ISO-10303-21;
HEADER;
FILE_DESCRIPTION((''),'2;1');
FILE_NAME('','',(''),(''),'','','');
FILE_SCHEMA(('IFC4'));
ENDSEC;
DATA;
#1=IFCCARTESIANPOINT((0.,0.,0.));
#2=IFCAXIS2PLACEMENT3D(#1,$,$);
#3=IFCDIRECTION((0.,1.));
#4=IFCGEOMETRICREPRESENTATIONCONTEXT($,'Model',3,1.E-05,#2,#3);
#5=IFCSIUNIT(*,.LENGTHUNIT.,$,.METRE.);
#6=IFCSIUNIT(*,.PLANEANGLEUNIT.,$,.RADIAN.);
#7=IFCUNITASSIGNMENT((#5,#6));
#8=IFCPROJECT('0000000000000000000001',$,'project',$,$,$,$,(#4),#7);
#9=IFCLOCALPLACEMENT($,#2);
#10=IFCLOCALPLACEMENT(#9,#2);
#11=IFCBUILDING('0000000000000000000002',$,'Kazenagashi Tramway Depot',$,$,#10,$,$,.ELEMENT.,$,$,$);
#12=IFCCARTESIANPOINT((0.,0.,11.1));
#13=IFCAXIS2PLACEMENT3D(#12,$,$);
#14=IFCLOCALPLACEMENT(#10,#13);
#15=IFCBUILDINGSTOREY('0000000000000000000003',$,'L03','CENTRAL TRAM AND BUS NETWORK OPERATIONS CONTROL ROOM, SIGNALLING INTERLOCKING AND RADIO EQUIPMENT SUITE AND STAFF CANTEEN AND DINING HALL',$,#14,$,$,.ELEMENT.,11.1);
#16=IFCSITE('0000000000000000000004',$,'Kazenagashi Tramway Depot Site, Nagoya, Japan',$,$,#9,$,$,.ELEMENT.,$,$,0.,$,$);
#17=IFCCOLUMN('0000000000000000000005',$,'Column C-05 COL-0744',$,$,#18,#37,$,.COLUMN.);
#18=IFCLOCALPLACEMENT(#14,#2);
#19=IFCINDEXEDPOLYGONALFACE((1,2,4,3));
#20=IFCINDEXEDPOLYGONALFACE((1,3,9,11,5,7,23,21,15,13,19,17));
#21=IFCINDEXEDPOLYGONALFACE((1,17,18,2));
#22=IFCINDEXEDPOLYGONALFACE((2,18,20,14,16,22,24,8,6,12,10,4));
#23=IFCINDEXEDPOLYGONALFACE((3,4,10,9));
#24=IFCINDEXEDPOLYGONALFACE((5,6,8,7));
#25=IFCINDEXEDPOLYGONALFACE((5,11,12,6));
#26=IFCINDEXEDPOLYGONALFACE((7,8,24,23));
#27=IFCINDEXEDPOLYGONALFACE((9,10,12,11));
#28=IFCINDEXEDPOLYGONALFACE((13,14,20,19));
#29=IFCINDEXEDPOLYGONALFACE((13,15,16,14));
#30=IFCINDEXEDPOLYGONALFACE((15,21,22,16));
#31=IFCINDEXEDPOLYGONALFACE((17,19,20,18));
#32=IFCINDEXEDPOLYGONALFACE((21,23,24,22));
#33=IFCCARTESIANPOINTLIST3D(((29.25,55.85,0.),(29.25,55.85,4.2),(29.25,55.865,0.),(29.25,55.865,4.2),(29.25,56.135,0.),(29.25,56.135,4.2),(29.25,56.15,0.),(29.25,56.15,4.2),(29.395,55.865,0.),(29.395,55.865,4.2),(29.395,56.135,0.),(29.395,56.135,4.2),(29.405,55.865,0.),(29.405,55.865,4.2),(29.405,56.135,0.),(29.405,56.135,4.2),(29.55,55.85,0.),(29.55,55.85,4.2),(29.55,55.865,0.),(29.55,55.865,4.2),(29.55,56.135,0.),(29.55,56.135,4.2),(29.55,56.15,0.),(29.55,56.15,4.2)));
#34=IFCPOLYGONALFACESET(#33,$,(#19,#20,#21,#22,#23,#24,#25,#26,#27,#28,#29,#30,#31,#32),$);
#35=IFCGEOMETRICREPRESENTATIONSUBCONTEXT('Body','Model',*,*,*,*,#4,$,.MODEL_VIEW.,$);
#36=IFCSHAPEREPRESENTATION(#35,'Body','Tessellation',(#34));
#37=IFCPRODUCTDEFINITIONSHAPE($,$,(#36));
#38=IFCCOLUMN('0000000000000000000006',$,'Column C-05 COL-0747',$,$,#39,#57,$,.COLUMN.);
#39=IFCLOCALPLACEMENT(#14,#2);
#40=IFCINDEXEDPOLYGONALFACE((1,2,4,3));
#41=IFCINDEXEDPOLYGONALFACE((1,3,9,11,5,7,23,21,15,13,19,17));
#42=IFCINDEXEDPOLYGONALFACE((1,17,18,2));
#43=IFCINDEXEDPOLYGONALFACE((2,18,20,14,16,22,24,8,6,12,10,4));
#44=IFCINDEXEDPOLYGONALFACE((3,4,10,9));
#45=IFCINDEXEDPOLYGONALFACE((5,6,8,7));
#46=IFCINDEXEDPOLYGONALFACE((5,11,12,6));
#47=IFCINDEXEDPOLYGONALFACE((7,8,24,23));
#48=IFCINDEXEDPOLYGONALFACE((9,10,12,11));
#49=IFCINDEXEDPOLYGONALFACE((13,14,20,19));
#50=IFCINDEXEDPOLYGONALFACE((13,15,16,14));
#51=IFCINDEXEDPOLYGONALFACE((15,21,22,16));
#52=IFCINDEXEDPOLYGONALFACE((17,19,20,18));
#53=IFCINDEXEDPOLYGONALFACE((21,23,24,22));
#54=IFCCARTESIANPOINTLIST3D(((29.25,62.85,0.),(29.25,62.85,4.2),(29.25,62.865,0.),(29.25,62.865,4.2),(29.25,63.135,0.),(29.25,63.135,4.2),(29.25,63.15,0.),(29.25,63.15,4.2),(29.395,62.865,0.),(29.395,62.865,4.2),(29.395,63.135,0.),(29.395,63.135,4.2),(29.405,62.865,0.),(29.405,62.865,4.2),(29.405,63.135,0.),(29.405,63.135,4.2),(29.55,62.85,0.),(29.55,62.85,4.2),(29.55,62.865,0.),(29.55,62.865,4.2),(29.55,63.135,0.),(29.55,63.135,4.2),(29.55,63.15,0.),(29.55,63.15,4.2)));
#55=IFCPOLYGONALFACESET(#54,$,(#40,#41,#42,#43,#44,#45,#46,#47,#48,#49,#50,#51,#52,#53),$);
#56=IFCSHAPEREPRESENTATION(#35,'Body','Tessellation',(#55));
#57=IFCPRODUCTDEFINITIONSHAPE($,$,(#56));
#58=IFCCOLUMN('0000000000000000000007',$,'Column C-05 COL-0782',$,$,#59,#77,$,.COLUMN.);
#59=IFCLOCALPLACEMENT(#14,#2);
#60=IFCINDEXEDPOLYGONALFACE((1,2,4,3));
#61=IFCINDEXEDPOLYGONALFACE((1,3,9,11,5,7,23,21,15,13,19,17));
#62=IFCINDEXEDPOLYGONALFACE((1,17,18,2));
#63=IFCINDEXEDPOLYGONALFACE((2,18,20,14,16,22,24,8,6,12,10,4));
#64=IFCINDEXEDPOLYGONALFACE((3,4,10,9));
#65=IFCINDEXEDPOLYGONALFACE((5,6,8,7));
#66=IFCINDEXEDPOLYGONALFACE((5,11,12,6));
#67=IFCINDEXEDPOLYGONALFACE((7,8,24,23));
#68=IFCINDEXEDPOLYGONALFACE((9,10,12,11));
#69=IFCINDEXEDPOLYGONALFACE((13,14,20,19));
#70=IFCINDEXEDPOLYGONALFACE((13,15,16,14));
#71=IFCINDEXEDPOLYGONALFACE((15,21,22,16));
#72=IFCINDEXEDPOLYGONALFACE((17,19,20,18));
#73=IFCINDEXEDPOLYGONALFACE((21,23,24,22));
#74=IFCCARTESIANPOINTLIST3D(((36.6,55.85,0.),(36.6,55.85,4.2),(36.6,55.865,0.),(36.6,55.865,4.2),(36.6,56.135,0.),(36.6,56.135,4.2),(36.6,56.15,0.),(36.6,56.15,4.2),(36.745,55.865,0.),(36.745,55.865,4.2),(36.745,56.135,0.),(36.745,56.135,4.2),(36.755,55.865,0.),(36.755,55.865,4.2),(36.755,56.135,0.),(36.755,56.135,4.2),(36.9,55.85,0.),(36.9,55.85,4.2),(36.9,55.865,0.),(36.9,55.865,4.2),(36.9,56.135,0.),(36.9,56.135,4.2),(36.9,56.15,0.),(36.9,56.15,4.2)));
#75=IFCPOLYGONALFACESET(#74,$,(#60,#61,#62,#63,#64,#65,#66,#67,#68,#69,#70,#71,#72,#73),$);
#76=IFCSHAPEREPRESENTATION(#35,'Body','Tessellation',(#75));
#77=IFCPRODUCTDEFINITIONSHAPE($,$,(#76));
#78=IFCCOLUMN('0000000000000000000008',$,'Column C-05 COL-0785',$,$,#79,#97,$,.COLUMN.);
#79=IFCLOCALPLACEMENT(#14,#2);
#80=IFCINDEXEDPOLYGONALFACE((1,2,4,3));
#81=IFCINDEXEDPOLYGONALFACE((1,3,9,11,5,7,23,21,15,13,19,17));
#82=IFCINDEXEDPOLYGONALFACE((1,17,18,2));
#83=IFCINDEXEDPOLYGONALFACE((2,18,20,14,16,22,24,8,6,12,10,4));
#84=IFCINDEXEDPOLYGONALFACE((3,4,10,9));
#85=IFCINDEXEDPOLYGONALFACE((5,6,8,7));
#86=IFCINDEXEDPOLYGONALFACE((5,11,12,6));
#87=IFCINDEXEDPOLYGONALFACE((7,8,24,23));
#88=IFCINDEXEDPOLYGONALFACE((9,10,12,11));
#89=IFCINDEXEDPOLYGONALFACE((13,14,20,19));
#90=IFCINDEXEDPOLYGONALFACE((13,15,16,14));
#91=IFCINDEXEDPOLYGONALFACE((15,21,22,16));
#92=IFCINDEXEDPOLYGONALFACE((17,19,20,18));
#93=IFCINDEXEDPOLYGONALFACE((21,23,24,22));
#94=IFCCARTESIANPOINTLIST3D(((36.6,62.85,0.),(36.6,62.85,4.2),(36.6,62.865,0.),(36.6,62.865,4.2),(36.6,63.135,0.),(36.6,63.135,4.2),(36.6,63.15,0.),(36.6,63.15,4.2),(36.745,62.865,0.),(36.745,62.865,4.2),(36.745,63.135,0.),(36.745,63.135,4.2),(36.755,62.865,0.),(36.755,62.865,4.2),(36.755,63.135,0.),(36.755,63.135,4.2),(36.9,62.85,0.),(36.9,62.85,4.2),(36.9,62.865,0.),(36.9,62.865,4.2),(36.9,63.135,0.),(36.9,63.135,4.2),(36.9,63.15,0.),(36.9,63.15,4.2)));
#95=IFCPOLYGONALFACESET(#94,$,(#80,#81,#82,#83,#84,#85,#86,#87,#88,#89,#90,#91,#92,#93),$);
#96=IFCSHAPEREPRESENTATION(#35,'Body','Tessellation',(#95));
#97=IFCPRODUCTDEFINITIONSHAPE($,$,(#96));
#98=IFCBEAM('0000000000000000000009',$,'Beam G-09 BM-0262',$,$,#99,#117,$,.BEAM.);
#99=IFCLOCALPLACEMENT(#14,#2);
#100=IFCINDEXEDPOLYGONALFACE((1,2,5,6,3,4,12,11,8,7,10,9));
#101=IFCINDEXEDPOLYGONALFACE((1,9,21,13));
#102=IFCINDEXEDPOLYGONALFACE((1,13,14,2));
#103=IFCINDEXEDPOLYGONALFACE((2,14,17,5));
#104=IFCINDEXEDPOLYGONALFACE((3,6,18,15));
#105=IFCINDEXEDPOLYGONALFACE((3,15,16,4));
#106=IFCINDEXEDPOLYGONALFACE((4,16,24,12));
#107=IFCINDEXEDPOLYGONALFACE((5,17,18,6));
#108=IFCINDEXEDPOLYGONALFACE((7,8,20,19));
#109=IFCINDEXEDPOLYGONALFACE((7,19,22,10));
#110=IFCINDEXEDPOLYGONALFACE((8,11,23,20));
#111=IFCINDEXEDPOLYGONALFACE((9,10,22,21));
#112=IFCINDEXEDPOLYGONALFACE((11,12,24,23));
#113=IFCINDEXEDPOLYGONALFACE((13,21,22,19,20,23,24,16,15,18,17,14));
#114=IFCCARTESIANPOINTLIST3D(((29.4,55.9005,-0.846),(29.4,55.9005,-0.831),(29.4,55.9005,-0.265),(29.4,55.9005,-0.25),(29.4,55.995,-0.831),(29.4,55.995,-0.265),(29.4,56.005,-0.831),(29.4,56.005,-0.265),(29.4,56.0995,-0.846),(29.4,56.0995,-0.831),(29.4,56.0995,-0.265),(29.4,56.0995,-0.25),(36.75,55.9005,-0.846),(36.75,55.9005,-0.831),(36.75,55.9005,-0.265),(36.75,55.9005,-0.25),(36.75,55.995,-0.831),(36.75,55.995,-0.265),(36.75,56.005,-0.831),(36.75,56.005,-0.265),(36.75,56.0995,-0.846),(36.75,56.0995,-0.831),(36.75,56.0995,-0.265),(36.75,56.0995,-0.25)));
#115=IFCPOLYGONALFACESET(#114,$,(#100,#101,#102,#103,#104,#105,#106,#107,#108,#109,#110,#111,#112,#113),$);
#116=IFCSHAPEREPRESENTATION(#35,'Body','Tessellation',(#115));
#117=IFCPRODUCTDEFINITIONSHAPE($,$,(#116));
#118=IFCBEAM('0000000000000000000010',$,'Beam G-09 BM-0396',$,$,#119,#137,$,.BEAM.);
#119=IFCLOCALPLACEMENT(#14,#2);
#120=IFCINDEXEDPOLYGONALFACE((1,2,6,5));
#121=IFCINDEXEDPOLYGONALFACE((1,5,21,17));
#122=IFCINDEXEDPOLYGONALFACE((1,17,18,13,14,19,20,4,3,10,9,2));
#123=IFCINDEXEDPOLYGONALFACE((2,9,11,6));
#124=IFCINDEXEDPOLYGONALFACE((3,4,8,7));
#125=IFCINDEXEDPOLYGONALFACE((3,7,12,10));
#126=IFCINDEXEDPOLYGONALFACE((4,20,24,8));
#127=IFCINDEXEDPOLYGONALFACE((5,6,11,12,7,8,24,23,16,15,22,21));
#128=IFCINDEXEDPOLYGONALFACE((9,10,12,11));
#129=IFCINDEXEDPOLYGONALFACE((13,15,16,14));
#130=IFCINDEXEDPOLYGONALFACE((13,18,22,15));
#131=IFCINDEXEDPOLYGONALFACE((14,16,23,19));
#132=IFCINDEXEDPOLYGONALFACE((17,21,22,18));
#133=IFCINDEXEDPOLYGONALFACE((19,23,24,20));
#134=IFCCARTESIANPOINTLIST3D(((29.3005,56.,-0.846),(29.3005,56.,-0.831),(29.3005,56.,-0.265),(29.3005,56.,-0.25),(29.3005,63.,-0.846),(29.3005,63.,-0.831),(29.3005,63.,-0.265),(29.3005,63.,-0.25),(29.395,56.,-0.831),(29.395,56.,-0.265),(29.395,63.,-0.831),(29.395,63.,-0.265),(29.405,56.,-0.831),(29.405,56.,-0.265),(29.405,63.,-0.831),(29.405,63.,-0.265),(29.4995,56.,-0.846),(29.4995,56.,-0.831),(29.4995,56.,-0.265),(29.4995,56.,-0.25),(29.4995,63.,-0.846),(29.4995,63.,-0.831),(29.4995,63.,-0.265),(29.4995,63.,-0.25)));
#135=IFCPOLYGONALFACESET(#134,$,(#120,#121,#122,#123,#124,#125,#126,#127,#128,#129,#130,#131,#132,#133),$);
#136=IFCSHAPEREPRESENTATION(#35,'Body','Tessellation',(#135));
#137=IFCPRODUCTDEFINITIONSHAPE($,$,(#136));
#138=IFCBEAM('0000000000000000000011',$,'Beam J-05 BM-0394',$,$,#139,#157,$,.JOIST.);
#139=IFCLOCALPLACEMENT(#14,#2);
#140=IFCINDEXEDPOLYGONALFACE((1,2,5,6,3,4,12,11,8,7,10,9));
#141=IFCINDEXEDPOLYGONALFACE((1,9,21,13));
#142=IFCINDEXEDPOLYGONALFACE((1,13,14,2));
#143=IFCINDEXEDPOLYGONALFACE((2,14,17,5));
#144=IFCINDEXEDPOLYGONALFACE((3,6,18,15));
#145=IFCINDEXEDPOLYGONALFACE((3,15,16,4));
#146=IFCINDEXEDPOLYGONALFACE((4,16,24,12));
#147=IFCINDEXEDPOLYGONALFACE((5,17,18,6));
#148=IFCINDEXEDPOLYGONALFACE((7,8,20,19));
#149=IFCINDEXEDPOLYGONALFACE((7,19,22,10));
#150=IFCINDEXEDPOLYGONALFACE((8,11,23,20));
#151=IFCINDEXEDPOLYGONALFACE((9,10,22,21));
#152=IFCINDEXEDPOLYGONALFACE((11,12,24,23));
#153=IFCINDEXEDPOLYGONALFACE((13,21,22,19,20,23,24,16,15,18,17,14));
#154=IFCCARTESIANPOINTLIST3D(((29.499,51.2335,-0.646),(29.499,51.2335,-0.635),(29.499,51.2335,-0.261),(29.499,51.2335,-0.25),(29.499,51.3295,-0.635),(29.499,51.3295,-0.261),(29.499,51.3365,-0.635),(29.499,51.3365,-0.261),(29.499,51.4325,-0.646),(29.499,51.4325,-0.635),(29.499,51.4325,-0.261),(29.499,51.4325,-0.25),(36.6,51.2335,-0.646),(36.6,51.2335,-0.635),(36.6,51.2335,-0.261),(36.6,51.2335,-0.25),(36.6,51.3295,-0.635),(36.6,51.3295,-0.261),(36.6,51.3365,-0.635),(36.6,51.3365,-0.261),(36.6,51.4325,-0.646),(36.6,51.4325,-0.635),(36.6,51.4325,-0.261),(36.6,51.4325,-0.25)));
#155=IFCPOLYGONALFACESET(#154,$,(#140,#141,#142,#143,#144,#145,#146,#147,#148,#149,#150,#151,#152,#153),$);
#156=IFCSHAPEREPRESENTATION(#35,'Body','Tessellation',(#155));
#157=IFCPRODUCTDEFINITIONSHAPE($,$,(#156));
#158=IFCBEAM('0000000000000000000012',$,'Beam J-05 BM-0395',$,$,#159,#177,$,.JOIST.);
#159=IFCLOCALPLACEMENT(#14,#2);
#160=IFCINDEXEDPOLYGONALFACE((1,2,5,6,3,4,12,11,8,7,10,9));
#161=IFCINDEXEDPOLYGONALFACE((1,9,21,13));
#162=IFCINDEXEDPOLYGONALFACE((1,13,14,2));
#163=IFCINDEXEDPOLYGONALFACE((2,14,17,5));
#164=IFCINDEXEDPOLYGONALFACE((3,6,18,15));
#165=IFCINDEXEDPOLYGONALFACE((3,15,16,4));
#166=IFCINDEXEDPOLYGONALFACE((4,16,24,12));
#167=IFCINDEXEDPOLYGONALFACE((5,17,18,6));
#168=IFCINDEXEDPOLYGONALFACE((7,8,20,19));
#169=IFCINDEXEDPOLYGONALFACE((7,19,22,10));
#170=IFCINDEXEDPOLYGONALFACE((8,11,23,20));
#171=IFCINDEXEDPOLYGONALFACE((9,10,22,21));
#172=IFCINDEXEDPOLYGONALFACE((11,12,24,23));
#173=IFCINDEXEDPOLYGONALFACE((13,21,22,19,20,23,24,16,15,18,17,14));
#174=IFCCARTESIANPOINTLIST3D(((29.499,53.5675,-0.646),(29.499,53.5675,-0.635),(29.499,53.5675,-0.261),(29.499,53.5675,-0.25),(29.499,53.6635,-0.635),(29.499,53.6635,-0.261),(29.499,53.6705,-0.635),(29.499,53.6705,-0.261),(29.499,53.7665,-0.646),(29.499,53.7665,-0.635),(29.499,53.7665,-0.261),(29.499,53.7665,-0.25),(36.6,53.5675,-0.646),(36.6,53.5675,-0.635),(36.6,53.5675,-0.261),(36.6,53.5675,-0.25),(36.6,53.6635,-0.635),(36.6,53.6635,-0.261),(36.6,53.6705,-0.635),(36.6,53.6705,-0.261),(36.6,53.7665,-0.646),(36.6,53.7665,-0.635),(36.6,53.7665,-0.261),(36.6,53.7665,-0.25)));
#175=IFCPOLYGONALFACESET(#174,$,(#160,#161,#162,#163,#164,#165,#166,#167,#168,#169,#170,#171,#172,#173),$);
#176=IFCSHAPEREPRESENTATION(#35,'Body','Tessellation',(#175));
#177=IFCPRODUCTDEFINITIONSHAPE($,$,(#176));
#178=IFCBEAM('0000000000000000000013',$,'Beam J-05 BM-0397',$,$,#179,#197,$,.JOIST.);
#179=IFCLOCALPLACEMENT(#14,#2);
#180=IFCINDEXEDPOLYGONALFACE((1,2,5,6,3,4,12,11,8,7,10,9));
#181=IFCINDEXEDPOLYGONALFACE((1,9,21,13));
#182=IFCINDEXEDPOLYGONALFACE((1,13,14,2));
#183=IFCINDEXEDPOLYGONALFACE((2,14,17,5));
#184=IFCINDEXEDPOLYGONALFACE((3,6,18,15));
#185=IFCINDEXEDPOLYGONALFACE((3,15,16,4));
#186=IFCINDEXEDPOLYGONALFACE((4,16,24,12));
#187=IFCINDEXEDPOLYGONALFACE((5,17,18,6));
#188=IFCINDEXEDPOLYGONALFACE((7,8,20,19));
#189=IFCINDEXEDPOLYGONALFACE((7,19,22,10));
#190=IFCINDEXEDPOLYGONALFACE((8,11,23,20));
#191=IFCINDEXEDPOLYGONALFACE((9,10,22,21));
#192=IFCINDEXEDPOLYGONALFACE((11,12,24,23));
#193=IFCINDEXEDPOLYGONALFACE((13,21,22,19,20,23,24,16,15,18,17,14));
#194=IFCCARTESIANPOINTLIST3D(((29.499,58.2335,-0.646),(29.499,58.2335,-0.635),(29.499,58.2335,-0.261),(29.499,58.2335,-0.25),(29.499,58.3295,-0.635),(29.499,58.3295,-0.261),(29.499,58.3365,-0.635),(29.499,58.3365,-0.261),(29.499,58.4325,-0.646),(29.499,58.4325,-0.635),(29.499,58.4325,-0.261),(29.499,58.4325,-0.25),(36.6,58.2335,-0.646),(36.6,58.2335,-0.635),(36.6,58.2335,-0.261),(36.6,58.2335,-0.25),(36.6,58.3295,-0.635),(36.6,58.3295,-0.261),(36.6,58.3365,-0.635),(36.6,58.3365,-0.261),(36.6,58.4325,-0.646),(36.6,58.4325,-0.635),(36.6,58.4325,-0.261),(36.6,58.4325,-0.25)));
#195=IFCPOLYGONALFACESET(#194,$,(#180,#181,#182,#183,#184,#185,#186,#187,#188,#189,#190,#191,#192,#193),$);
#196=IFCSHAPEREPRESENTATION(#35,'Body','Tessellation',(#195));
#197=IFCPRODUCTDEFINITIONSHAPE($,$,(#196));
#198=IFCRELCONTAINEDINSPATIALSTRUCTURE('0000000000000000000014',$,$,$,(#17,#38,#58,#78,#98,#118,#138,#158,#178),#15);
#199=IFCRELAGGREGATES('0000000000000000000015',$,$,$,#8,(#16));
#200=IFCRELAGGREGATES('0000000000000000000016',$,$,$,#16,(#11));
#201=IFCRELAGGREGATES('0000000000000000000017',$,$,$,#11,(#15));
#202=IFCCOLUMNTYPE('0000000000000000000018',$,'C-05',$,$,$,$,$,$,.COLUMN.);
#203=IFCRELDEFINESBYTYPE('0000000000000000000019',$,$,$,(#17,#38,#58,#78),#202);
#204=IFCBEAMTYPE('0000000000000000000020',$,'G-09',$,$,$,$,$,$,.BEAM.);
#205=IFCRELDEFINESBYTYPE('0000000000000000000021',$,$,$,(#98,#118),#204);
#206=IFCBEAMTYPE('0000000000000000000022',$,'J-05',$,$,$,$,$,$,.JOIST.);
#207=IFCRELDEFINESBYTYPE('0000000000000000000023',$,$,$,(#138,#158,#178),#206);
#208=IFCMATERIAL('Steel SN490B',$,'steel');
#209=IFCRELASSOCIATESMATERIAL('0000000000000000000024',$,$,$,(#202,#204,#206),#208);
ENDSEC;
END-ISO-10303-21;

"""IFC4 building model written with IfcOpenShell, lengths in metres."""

from ifc_helpers import new_model, si_unit, direction, frame, origin, origin_2d, place, context, subcontext, project, spatial, i_section, extrude, material, material_profile, profile_set, type_object, element, save


model = new_model("IFC4")

# Units and contexts
model_context = context("Model", 3, precision=1e-05, world=origin(), true_north=direction((0.0, 1.0)))
body_context = subcontext(model_context, "Body", "Model", "MODEL_VIEW")
ifc_project = project(units=[si_unit("LENGTHUNIT", "METRE"), si_unit("PLANEANGLEUNIT", "RADIAN")], contexts=[model_context])

# Site, building, storey
site_placement = place(None, origin())
site = spatial("IfcSite", under=ifc_project, at=site_placement, Name="Kazenagashi Tramway Depot Site, Nagoya, Japan", CompositionType="ELEMENT", RefElevation=0.0)
building_placement = place(site_placement, origin())
building = spatial("IfcBuilding", under=site, at=building_placement, Name="Kazenagashi Tramway Depot", CompositionType="ELEMENT")
storey_placement = place(building_placement, frame((0.0, 0.0, 11.1)))
storey = spatial("IfcBuildingStorey", under=building, at=storey_placement, Name="L03", Description="CENTRAL TRAM AND BUS NETWORK OPERATIONS CONTROL ROOM, SIGNALLING INTERLOCKING AND RADIO EQUIPMENT SUITE AND STAFF CANTEEN AND DINING HALL", CompositionType="ELEMENT", Elevation=11.1)

# Columns
ifc_material_1 = material(Name="Steel SN490B", Category="steel")
ifc_material_profile_1 = material_profile(ifc_material_1, i_section(OverallWidth=0.3, OverallDepth=0.3, WebThickness=0.01, FlangeThickness=0.015, at=origin_2d()), Name="H-300x300x10x15")
ifc_profile_set_1 = profile_set([ifc_material_profile_1], Name="Steel SN490B")
column_type = type_object("IfcColumnType", Name="C-05", PredefinedType="COLUMN", material=ifc_profile_set_1)
for number, where, z_axis, x_axis, name in (
    (1, (29.4, 56.0, 0.0), (0.0, 0.0, 1.0), (1.0, 0.0, 0.0), "Column C-05 COL-0744"),
    (2, (29.4, 63.0, 0.0), (0.0, 0.0, 1.0), (1.0, 0.0, 0.0), "Column C-05 COL-0747"),
    (3, (36.75, 56.0, 0.0), (0.0, 0.0, 1.0), (1.0, 0.0, 0.0), "Column C-05 COL-0782"),
    (4, (36.75, 63.0, 0.0), (0.0, 0.0, 1.0), (1.0, 0.0, 0.0), "Column C-05 COL-0785"),
):
    element("IfcColumn", number, at=place(storey_placement, frame(where, z_axis=z_axis, x_axis=x_axis)), inside=storey, type_object=column_type, Name=name, PredefinedType="COLUMN", context=body_context, shape_type="SweptSolid", body=[
        extrude(i_section(OverallWidth=0.3, OverallDepth=0.3, WebThickness=0.01, FlangeThickness=0.015, at=origin_2d()), origin(), (0.0, 0.0, 1.0), 4.2),
    ])

# Beams
ifc_material_profile_2 = material_profile(ifc_material_1, i_section(OverallWidth=0.199, OverallDepth=0.596, WebThickness=0.01, FlangeThickness=0.015, at=origin_2d()), Name="H-596x199x10x15")
ifc_profile_set_2 = profile_set([ifc_material_profile_2], Name="Steel SN490B")
beam_type_1 = type_object("IfcBeamType", Name="G-09", PredefinedType="BEAM", material=ifc_profile_set_2)
beam_1_placement = place(storey_placement, frame((29.4, 56.0, -0.548), z_axis=(1.0, 0.0, 0.0), x_axis=(0.0, 1.0, 0.0)))
element("IfcBeam", 5, at=beam_1_placement, inside=storey, type_object=beam_type_1, Name="Beam G-09 BM-0262", PredefinedType="BEAM", context=body_context, shape_type="SweptSolid", body=[
    extrude(i_section(OverallWidth=0.199, OverallDepth=0.596, WebThickness=0.01, FlangeThickness=0.015, at=origin_2d()), origin(), (0.0, 0.0, 1.0), 7.35),
])
beam_2_placement = place(storey_placement, frame((29.4, 56.0, -0.548), z_axis=(0.0, 1.0, 0.0), x_axis=(-1.0, 0.0, 0.0)))
element("IfcBeam", 6, at=beam_2_placement, inside=storey, type_object=beam_type_1, Name="Beam G-09 BM-0396", PredefinedType="BEAM", context=body_context, shape_type="SweptSolid", body=[
    extrude(i_section(OverallWidth=0.199, OverallDepth=0.596, WebThickness=0.01, FlangeThickness=0.015, at=origin_2d()), origin(), (0.0, 0.0, 1.0), 7.0),
])
ifc_material_profile_3 = material_profile(ifc_material_1, i_section(OverallWidth=0.199, OverallDepth=0.396, WebThickness=0.007, FlangeThickness=0.011, at=origin_2d()), Name="H-396x199x7x11")
ifc_profile_set_3 = profile_set([ifc_material_profile_3], Name="Steel SN490B")
beam_type_2 = type_object("IfcBeamType", Name="J-05", PredefinedType="JOIST", material=ifc_profile_set_3)
for number, where, z_axis, x_axis, name in (
    (7, (29.499, 51.333, -0.448), (1.0, 0.0, 0.0), (0.0, 1.0, 0.0), "Beam J-05 BM-0394"),
    (8, (29.499, 53.667, -0.448), (1.0, 0.0, 0.0), (0.0, 1.0, 0.0), "Beam J-05 BM-0395"),
    (9, (29.499, 58.333, -0.448), (1.0, 0.0, 0.0), (0.0, 1.0, 0.0), "Beam J-05 BM-0397"),
):
    element("IfcBeam", number, at=place(storey_placement, frame(where, z_axis=z_axis, x_axis=x_axis)), inside=storey, type_object=beam_type_2, Name=name, PredefinedType="JOIST", context=body_context, shape_type="SweptSolid", body=[
        extrude(i_section(OverallWidth=0.199, OverallDepth=0.396, WebThickness=0.007, FlangeThickness=0.011, at=origin_2d()), origin(), (0.0, 0.0, 1.0), 7.101),
    ])

save(model, "model.ifc")
